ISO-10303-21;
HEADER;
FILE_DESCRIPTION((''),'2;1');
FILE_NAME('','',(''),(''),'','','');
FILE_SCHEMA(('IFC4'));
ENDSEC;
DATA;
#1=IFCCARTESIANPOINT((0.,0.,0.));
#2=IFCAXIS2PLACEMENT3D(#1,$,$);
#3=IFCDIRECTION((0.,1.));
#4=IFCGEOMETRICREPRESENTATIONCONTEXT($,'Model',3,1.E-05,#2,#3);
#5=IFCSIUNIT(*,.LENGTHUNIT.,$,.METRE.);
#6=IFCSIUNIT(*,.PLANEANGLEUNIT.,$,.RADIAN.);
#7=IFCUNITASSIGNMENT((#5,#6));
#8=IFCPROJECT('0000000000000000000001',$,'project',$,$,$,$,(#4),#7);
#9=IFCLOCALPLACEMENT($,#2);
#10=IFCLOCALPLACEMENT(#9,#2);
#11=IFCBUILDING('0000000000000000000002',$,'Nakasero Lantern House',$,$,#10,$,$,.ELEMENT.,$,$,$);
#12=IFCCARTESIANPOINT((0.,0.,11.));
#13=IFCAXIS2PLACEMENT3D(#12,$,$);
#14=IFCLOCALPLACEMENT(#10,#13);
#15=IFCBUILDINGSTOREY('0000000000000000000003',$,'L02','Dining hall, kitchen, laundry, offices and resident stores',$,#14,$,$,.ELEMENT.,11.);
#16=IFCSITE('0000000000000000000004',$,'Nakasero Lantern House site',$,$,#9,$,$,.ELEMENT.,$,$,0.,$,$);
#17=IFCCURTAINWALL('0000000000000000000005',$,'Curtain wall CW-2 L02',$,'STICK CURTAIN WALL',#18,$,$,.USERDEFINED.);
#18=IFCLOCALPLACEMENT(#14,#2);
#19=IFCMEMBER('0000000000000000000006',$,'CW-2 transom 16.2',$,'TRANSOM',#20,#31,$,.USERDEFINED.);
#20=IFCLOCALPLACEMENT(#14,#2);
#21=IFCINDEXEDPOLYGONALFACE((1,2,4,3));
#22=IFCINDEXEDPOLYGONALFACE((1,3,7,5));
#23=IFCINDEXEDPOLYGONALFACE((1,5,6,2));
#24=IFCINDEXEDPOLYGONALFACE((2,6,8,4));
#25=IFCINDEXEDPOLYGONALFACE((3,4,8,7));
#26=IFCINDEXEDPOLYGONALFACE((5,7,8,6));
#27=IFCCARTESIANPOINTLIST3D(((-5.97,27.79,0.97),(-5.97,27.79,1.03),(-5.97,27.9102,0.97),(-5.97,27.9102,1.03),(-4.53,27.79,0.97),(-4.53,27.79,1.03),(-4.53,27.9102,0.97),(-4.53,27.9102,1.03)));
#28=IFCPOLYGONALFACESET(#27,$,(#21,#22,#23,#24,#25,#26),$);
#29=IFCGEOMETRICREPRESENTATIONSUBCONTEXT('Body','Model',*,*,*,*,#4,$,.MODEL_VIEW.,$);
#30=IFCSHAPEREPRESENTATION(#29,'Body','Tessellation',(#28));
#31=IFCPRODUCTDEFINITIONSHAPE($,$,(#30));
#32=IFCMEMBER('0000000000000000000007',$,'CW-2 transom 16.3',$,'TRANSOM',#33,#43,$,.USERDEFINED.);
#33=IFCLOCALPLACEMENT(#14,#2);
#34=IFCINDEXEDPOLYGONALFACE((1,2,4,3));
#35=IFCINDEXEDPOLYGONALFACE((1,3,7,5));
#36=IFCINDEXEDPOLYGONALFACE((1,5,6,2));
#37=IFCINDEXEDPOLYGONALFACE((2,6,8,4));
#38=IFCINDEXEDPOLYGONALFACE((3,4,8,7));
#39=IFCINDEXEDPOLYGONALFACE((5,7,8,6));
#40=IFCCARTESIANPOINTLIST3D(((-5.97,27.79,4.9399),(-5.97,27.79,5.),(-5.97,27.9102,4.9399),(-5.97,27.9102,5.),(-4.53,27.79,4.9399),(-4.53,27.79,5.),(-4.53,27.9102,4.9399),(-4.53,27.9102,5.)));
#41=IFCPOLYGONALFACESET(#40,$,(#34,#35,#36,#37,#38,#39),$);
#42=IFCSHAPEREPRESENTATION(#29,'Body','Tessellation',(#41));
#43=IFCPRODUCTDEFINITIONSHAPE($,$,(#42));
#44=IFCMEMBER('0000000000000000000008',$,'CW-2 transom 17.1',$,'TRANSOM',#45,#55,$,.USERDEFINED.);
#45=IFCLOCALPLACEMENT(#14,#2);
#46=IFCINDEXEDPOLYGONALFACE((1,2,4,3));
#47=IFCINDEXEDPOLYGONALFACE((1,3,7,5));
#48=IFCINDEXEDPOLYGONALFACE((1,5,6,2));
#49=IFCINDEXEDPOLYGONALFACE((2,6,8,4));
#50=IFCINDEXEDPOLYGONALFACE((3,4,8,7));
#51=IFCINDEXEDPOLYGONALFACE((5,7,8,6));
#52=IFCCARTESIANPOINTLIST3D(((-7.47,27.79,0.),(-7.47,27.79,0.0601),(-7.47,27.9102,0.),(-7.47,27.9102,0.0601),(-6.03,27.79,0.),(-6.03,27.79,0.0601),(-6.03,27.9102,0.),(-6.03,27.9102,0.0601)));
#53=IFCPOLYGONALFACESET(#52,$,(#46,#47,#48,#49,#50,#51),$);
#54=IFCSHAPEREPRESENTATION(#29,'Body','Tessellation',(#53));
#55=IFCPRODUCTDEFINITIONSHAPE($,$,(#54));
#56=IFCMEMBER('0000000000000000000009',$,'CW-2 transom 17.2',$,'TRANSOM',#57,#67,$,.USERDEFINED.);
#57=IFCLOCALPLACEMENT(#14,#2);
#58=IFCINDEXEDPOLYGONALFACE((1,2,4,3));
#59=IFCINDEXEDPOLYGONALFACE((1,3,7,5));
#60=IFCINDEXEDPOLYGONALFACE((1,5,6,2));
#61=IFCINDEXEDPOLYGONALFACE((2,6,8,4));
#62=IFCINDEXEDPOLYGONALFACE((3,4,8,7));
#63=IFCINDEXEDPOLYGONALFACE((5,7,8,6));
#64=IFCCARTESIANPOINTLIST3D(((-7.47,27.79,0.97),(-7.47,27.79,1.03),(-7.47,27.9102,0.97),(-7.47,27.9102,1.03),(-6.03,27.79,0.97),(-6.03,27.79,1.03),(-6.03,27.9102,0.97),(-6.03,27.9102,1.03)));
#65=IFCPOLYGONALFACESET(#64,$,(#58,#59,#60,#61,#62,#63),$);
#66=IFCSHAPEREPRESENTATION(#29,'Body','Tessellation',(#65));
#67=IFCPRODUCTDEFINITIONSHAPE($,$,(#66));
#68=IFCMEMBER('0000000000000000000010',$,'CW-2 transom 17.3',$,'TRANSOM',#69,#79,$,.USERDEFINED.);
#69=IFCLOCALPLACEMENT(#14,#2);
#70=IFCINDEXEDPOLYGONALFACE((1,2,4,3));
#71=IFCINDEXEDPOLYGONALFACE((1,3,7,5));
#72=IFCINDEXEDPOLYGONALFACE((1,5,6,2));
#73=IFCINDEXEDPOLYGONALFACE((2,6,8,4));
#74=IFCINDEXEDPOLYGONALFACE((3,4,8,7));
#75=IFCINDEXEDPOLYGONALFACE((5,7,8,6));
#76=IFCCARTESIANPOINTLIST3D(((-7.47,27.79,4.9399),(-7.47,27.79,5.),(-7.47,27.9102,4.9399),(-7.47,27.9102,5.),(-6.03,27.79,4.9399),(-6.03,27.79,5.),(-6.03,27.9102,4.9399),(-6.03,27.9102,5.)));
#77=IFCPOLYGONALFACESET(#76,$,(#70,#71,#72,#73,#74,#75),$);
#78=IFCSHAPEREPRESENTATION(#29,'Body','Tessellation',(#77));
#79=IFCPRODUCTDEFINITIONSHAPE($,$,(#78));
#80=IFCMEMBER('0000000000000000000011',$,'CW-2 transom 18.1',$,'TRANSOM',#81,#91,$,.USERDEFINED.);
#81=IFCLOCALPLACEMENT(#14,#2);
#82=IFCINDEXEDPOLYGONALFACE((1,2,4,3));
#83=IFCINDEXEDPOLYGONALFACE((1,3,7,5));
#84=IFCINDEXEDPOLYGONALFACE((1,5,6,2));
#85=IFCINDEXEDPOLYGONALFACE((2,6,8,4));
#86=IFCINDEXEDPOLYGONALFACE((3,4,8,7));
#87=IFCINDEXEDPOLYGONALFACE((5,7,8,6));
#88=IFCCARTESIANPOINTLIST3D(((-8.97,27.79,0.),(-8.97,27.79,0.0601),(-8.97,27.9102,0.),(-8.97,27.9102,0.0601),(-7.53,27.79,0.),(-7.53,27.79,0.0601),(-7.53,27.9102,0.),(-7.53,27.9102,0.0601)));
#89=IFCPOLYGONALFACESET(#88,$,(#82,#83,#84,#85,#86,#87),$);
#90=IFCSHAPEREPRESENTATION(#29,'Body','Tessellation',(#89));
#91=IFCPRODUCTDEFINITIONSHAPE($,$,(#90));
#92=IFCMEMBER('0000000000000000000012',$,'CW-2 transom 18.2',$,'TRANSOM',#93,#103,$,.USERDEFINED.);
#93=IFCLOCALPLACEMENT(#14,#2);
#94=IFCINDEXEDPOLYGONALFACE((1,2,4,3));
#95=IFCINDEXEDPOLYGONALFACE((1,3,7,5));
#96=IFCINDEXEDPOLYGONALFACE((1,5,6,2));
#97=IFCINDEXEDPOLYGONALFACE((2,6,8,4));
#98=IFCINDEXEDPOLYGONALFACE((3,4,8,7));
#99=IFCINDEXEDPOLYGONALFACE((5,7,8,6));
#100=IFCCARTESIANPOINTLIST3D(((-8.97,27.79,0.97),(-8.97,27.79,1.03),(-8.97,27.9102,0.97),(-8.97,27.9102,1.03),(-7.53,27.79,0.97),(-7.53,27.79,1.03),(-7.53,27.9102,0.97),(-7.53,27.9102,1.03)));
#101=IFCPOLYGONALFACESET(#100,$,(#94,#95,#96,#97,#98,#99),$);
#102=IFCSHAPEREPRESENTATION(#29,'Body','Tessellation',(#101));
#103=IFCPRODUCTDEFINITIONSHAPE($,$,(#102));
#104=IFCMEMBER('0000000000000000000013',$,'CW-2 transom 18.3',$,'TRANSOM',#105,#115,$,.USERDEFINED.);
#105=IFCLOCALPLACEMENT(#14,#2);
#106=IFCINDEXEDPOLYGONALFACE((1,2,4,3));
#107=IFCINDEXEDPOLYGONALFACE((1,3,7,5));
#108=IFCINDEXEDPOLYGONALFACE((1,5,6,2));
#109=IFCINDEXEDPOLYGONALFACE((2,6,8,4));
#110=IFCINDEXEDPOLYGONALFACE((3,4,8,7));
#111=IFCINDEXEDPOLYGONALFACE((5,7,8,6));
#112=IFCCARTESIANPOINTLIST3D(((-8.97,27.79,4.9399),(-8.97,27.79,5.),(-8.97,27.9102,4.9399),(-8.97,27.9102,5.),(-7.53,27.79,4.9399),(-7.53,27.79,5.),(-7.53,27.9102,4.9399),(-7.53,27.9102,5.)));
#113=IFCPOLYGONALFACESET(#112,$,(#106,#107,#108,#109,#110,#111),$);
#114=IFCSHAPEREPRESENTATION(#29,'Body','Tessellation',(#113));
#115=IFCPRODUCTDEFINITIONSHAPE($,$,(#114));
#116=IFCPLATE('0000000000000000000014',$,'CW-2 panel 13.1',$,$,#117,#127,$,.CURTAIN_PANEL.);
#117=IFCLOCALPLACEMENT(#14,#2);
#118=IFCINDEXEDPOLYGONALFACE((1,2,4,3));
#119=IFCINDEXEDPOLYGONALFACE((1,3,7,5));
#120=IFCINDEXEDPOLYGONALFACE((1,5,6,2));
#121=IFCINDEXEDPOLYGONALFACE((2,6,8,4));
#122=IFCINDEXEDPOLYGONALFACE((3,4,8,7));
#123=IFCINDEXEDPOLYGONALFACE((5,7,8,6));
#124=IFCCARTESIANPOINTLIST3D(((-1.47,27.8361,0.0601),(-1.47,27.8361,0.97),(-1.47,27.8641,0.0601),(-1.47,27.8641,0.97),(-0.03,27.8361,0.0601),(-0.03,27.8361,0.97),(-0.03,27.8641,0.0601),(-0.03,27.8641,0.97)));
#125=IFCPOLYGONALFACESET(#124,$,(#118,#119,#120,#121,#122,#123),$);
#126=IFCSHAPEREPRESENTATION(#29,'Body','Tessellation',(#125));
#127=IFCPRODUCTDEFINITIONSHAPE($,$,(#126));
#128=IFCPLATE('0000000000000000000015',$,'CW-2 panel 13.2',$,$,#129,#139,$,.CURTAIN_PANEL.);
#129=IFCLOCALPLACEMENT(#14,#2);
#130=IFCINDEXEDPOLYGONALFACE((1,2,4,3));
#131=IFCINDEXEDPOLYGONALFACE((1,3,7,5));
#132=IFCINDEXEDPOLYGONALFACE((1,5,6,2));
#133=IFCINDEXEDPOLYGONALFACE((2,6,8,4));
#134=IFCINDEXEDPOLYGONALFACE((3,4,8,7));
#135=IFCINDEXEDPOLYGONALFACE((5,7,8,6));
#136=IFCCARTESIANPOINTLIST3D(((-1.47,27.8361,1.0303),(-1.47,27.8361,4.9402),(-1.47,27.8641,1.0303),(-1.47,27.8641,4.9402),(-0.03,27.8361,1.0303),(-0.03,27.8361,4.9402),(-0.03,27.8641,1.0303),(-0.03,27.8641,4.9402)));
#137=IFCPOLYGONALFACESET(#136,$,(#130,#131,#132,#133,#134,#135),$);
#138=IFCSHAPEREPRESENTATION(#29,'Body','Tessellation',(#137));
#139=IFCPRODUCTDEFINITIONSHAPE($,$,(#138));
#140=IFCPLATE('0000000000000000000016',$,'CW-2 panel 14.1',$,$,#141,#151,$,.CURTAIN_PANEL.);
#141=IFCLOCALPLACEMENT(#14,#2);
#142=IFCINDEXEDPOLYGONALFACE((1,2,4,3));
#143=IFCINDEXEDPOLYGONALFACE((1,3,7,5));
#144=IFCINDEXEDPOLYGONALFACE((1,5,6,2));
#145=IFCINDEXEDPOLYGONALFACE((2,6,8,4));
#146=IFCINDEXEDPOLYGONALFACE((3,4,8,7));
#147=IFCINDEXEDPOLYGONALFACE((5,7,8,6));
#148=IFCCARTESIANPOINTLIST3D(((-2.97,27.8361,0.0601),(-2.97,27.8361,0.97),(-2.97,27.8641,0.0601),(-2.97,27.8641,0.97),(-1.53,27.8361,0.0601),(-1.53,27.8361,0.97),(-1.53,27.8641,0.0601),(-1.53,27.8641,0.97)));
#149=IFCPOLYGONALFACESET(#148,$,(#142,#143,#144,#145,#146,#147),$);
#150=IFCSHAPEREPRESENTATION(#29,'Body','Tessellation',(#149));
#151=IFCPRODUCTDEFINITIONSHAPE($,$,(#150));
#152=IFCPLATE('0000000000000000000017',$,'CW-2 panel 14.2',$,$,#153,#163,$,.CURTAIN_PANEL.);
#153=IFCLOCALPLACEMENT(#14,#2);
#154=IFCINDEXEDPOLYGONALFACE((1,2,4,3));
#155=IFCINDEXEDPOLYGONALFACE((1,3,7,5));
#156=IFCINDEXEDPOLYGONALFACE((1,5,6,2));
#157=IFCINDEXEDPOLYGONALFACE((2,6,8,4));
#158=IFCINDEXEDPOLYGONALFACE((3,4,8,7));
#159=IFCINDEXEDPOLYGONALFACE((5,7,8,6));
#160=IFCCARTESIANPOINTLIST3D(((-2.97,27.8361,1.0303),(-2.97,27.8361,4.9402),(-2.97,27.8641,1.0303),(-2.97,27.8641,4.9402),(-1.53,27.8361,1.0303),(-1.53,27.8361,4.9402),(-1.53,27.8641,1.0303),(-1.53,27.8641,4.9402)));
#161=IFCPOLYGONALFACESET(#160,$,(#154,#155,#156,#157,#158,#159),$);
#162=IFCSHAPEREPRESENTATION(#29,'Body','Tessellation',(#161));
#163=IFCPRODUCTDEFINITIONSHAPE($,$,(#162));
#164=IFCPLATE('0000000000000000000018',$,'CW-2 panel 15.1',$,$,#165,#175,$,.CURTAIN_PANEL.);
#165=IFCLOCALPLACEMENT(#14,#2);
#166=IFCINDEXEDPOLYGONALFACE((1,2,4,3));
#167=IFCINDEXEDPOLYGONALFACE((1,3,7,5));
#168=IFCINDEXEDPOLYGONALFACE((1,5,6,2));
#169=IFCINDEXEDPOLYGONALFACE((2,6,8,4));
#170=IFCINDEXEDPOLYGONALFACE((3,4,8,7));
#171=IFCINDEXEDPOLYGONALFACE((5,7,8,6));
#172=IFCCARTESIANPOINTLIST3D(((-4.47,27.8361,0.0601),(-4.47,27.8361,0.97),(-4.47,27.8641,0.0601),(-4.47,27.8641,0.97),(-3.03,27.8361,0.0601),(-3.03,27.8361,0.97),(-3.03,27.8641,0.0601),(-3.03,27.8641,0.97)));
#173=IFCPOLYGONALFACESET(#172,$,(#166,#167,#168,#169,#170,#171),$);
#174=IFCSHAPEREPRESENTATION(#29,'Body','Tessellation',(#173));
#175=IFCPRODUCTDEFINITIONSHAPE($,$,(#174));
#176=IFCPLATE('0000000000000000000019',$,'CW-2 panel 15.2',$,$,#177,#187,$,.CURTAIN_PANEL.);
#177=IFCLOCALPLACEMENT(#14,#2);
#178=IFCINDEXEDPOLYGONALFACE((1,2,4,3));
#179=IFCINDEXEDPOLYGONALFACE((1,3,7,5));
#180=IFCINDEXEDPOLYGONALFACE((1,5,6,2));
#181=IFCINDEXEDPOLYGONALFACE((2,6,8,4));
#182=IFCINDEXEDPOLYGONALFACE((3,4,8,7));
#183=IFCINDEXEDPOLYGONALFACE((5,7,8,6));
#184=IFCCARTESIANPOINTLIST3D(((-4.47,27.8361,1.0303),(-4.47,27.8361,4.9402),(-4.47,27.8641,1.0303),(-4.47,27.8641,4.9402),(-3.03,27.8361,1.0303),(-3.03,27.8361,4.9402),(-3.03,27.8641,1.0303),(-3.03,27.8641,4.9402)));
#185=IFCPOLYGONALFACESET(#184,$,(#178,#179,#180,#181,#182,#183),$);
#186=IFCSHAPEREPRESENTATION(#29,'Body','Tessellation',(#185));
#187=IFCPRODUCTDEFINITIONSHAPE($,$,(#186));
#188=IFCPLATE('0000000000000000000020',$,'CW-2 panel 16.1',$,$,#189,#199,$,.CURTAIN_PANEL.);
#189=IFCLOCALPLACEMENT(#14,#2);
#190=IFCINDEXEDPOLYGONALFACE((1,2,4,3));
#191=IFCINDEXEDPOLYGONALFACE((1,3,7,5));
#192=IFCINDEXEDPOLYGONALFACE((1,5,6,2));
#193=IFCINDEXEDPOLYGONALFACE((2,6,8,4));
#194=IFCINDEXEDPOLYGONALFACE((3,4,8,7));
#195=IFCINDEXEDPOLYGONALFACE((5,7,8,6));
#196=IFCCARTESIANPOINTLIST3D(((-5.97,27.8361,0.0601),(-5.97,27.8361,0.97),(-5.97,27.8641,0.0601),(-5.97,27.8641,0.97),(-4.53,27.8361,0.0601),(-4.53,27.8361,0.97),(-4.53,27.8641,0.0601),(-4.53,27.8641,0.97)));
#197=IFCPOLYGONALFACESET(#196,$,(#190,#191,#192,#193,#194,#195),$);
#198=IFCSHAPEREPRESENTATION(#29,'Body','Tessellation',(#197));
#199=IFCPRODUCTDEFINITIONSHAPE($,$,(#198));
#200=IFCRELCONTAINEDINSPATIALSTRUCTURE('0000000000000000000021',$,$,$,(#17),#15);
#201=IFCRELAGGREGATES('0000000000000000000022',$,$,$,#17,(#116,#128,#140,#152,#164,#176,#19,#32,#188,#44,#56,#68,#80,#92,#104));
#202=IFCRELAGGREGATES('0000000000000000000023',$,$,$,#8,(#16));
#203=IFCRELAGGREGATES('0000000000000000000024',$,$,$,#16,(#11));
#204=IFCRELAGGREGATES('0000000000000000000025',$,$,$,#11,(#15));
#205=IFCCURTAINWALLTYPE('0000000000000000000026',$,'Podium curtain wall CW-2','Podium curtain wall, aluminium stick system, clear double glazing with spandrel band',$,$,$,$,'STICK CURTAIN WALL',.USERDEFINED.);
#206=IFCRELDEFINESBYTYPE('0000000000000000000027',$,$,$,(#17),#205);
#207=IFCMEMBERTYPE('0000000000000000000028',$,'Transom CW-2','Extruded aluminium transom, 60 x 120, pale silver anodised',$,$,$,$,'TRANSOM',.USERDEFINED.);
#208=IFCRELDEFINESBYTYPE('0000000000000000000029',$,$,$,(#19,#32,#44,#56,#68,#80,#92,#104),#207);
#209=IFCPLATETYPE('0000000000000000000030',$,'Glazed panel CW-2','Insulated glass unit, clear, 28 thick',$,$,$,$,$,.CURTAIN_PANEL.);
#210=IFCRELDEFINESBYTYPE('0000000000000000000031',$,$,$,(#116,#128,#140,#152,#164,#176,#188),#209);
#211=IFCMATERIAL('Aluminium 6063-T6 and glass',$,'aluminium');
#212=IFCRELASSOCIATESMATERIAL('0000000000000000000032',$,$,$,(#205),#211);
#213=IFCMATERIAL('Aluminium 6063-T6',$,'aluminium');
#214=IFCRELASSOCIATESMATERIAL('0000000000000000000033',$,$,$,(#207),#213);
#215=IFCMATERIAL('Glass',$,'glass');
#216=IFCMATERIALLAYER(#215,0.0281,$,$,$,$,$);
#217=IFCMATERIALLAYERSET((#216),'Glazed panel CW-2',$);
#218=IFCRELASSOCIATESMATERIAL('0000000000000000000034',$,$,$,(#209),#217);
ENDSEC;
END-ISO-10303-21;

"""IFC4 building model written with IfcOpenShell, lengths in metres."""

from ifc_helpers import new_model, si_unit, direction, frame, origin, origin_2d, place, context, subcontext, project, spatial, rectangle, extrude, material, layer, layer_set, material_profile, profile_set, type_object, element, aggregate, save


model = new_model("IFC4")

# Units and contexts
model_context = context("Model", 3, precision=1e-05, world=origin(), true_north=direction((0.0, 1.0)))
body_context = subcontext(model_context, "Body", "Model", "MODEL_VIEW")
ifc_project = project(units=[si_unit("LENGTHUNIT", "METRE"), si_unit("PLANEANGLEUNIT", "RADIAN")], contexts=[model_context])

# Site, building, storey
site_placement = place(None, origin())
site = spatial("IfcSite", under=ifc_project, at=site_placement, Name="Nakasero Lantern House site", CompositionType="ELEMENT", RefElevation=0.0)
building_placement = place(site_placement, origin())
building = spatial("IfcBuilding", under=site, at=building_placement, Name="Nakasero Lantern House", CompositionType="ELEMENT")
storey_placement = place(building_placement, frame((0.0, 0.0, 11.0)))
storey = spatial("IfcBuildingStorey", under=building, at=storey_placement, Name="L02", Description="Dining hall, kitchen, laundry, offices and resident stores", CompositionType="ELEMENT", Elevation=11.0)

# Curtain wall, members, plates
ifc_material_1 = material(Name="Aluminium 6063-T6 and glass", Category="aluminium")
curtain_wall_type = type_object("IfcCurtainWallType", Name="Podium curtain wall CW-2", Description="Podium curtain wall, aluminium stick system, clear double glazing with spandrel band", ElementType="STICK CURTAIN WALL", PredefinedType="USERDEFINED", material=ifc_material_1)
curtain_wall_placement = place(storey_placement, origin())
curtain_wall = element("IfcCurtainWall", 1, at=curtain_wall_placement, inside=storey, type_object=curtain_wall_type, Name="Curtain wall CW-2 L02", ObjectType="STICK CURTAIN WALL", PredefinedType="USERDEFINED")
ifc_material_2 = material(Name="Aluminium 6063-T6", Category="aluminium")
ifc_material_profile_1 = material_profile(ifc_material_2, rectangle(XDim=0.0601, YDim=0.1201, at=origin_2d()), Name="CW-2 transom 60x120")
ifc_profile_set_1 = profile_set([ifc_material_profile_1], Name="Aluminium 6063-T6")
member_type_1 = type_object("IfcMemberType", Name="Transom CW-2", Description="Extruded aluminium transom, 60 x 120, pale silver anodised", ElementType="TRANSOM", PredefinedType="USERDEFINED", material=ifc_profile_set_1)
member_1_placement = place(storey_placement, frame((-4.53, 27.8501, 1.0), z_axis=(-1.0, 0.0, 0.0), x_axis=(0.0, 0.0, 1.0)))
member_1 = element("IfcMember", 2, at=member_1_placement, type_object=member_type_1, Name="CW-2 transom 16.2", ObjectType="TRANSOM", PredefinedType="USERDEFINED", context=body_context, shape_type="SweptSolid", body=[
    extrude(rectangle(XDim=0.0601, YDim=0.1201, at=origin_2d()), origin(), (0.0, 0.0, 1.0), 1.4399),
])
member_2_placement = place(storey_placement, frame((-4.53, 27.8501, 4.97), z_axis=(-1.0, 0.0, 0.0), x_axis=(0.0, 0.0, 1.0)))
member_2 = element("IfcMember", 3, at=member_2_placement, type_object=member_type_1, Name="CW-2 transom 16.3", ObjectType="TRANSOM", PredefinedType="USERDEFINED", context=body_context, shape_type="SweptSolid", body=[
    extrude(rectangle(XDim=0.0601, YDim=0.1201, at=origin_2d()), origin(), (0.0, 0.0, 1.0), 1.4399),
])
member_3_placement = place(storey_placement, frame((-6.03, 27.8501, 0.03), z_axis=(-1.0, 0.0, 0.0), x_axis=(0.0, 0.0, 1.0)))
member_3 = element("IfcMember", 4, at=member_3_placement, type_object=member_type_1, Name="CW-2 transom 17.1", ObjectType="TRANSOM", PredefinedType="USERDEFINED", context=body_context, shape_type="SweptSolid", body=[
    extrude(rectangle(XDim=0.0601, YDim=0.1201, at=origin_2d()), origin(), (0.0, 0.0, 1.0), 1.4399),
])
member_4_placement = place(storey_placement, frame((-6.03, 27.8501, 1.0), z_axis=(-1.0, 0.0, 0.0), x_axis=(0.0, 0.0, 1.0)))
member_4 = element("IfcMember", 5, at=member_4_placement, type_object=member_type_1, Name="CW-2 transom 17.2", ObjectType="TRANSOM", PredefinedType="USERDEFINED", context=body_context, shape_type="SweptSolid", body=[
    extrude(rectangle(XDim=0.0601, YDim=0.1201, at=origin_2d()), origin(), (0.0, 0.0, 1.0), 1.4399),
])
member_5_placement = place(storey_placement, frame((-6.03, 27.8501, 4.97), z_axis=(-1.0, 0.0, 0.0), x_axis=(0.0, 0.0, 1.0)))
member_5 = element("IfcMember", 6, at=member_5_placement, type_object=member_type_1, Name="CW-2 transom 17.3", ObjectType="TRANSOM", PredefinedType="USERDEFINED", context=body_context, shape_type="SweptSolid", body=[
    extrude(rectangle(XDim=0.0601, YDim=0.1201, at=origin_2d()), origin(), (0.0, 0.0, 1.0), 1.4399),
])
member_6_placement = place(storey_placement, frame((-7.53, 27.8501, 0.03), z_axis=(-1.0, 0.0, 0.0), x_axis=(0.0, 0.0, 1.0)))
member_6 = element("IfcMember", 7, at=member_6_placement, type_object=member_type_1, Name="CW-2 transom 18.1", ObjectType="TRANSOM", PredefinedType="USERDEFINED", context=body_context, shape_type="SweptSolid", body=[
    extrude(rectangle(XDim=0.0601, YDim=0.1201, at=origin_2d()), origin(), (0.0, 0.0, 1.0), 1.4399),
])
member_7_placement = place(storey_placement, frame((-7.53, 27.8501, 1.0), z_axis=(-1.0, 0.0, 0.0), x_axis=(0.0, 0.0, 1.0)))
member_7 = element("IfcMember", 8, at=member_7_placement, type_object=member_type_1, Name="CW-2 transom 18.2", ObjectType="TRANSOM", PredefinedType="USERDEFINED", context=body_context, shape_type="SweptSolid", body=[
    extrude(rectangle(XDim=0.0601, YDim=0.1201, at=origin_2d()), origin(), (0.0, 0.0, 1.0), 1.4399),
])
member_8_placement = place(storey_placement, frame((-7.53, 27.8501, 4.97), z_axis=(-1.0, 0.0, 0.0), x_axis=(0.0, 0.0, 1.0)))
member_8 = element("IfcMember", 9, at=member_8_placement, type_object=member_type_1, Name="CW-2 transom 18.3", ObjectType="TRANSOM", PredefinedType="USERDEFINED", context=body_context, shape_type="SweptSolid", body=[
    extrude(rectangle(XDim=0.0601, YDim=0.1201, at=origin_2d()), origin(), (0.0, 0.0, 1.0), 1.4399),
])
ifc_material_3 = material(Name="Glass", Category="glass")
ifc_layer = layer(ifc_material_3, 0.0281)
ifc_layer_set = layer_set([ifc_layer], Name="Glazed panel CW-2")
plate_type = type_object("IfcPlateType", Name="Glazed panel CW-2", Description="Insulated glass unit, clear, 28 thick", PredefinedType="CURTAIN_PANEL", material=ifc_layer_set)
plate_1_placement = place(storey_placement, frame((-0.75, 27.8501, 0.0601), z_axis=(0.0, 0.0, 1.0), x_axis=(-1.0, 0.0, 0.0)))
plate_1 = element("IfcPlate", 10, at=plate_1_placement, type_object=plate_type, Name="CW-2 panel 13.1", PredefinedType="CURTAIN_PANEL", context=body_context, shape_type="SweptSolid", body=[
    extrude(rectangle(XDim=1.4399, YDim=0.0281, at=origin_2d()), origin(), (0.0, 0.0, 1.0), 0.9099),
])
plate_2_placement = place(storey_placement, frame((-0.75, 27.8501, 1.0303), z_axis=(0.0, 0.0, 1.0), x_axis=(-1.0, 0.0, 0.0)))
plate_2 = element("IfcPlate", 11, at=plate_2_placement, type_object=plate_type, Name="CW-2 panel 13.2", PredefinedType="CURTAIN_PANEL", context=body_context, shape_type="SweptSolid", body=[
    extrude(rectangle(XDim=1.4399, YDim=0.0281, at=origin_2d()), origin(), (0.0, 0.0, 1.0), 3.9099),
])
plate_3_placement = place(storey_placement, frame((-2.25, 27.8501, 0.0601), z_axis=(0.0, 0.0, 1.0), x_axis=(-1.0, 0.0, 0.0)))
plate_3 = element("IfcPlate", 12, at=plate_3_placement, type_object=plate_type, Name="CW-2 panel 14.1", PredefinedType="CURTAIN_PANEL", context=body_context, shape_type="SweptSolid", body=[
    extrude(rectangle(XDim=1.4399, YDim=0.0281, at=origin_2d()), origin(), (0.0, 0.0, 1.0), 0.9099),
])
plate_4_placement = place(storey_placement, frame((-2.25, 27.8501, 1.0303), z_axis=(0.0, 0.0, 1.0), x_axis=(-1.0, 0.0, 0.0)))
plate_4 = element("IfcPlate", 13, at=plate_4_placement, type_object=plate_type, Name="CW-2 panel 14.2", PredefinedType="CURTAIN_PANEL", context=body_context, shape_type="SweptSolid", body=[
    extrude(rectangle(XDim=1.4399, YDim=0.0281, at=origin_2d()), origin(), (0.0, 0.0, 1.0), 3.9099),
])
plate_5_placement = place(storey_placement, frame((-3.75, 27.8501, 0.0601), z_axis=(0.0, 0.0, 1.0), x_axis=(-1.0, 0.0, 0.0)))
plate_5 = element("IfcPlate", 14, at=plate_5_placement, type_object=plate_type, Name="CW-2 panel 15.1", PredefinedType="CURTAIN_PANEL", context=body_context, shape_type="SweptSolid", body=[
    extrude(rectangle(XDim=1.4399, YDim=0.0281, at=origin_2d()), origin(), (0.0, 0.0, 1.0), 0.9099),
])
plate_6_placement = place(storey_placement, frame((-3.75, 27.8501, 1.0303), z_axis=(0.0, 0.0, 1.0), x_axis=(-1.0, 0.0, 0.0)))
plate_6 = element("IfcPlate", 15, at=plate_6_placement, type_object=plate_type, Name="CW-2 panel 15.2", PredefinedType="CURTAIN_PANEL", context=body_context, shape_type="SweptSolid", body=[
    extrude(rectangle(XDim=1.4399, YDim=0.0281, at=origin_2d()), origin(), (0.0, 0.0, 1.0), 3.9099),
])
plate_7_placement = place(storey_placement, frame((-5.25, 27.8501, 0.0601), z_axis=(0.0, 0.0, 1.0), x_axis=(-1.0, 0.0, 0.0)))
plate_7 = element("IfcPlate", 16, at=plate_7_placement, type_object=plate_type, Name="CW-2 panel 16.1", PredefinedType="CURTAIN_PANEL", context=body_context, shape_type="SweptSolid", body=[
    extrude(rectangle(XDim=1.4399, YDim=0.0281, at=origin_2d()), origin(), (0.0, 0.0, 1.0), 0.9099),
])
aggregate(curtain_wall, [plate_1, plate_2, plate_3, plate_4, plate_5, plate_6, member_1, member_2, plate_7, member_3, member_4, member_5, member_6, member_7, member_8])

save(model, "model.ifc")
